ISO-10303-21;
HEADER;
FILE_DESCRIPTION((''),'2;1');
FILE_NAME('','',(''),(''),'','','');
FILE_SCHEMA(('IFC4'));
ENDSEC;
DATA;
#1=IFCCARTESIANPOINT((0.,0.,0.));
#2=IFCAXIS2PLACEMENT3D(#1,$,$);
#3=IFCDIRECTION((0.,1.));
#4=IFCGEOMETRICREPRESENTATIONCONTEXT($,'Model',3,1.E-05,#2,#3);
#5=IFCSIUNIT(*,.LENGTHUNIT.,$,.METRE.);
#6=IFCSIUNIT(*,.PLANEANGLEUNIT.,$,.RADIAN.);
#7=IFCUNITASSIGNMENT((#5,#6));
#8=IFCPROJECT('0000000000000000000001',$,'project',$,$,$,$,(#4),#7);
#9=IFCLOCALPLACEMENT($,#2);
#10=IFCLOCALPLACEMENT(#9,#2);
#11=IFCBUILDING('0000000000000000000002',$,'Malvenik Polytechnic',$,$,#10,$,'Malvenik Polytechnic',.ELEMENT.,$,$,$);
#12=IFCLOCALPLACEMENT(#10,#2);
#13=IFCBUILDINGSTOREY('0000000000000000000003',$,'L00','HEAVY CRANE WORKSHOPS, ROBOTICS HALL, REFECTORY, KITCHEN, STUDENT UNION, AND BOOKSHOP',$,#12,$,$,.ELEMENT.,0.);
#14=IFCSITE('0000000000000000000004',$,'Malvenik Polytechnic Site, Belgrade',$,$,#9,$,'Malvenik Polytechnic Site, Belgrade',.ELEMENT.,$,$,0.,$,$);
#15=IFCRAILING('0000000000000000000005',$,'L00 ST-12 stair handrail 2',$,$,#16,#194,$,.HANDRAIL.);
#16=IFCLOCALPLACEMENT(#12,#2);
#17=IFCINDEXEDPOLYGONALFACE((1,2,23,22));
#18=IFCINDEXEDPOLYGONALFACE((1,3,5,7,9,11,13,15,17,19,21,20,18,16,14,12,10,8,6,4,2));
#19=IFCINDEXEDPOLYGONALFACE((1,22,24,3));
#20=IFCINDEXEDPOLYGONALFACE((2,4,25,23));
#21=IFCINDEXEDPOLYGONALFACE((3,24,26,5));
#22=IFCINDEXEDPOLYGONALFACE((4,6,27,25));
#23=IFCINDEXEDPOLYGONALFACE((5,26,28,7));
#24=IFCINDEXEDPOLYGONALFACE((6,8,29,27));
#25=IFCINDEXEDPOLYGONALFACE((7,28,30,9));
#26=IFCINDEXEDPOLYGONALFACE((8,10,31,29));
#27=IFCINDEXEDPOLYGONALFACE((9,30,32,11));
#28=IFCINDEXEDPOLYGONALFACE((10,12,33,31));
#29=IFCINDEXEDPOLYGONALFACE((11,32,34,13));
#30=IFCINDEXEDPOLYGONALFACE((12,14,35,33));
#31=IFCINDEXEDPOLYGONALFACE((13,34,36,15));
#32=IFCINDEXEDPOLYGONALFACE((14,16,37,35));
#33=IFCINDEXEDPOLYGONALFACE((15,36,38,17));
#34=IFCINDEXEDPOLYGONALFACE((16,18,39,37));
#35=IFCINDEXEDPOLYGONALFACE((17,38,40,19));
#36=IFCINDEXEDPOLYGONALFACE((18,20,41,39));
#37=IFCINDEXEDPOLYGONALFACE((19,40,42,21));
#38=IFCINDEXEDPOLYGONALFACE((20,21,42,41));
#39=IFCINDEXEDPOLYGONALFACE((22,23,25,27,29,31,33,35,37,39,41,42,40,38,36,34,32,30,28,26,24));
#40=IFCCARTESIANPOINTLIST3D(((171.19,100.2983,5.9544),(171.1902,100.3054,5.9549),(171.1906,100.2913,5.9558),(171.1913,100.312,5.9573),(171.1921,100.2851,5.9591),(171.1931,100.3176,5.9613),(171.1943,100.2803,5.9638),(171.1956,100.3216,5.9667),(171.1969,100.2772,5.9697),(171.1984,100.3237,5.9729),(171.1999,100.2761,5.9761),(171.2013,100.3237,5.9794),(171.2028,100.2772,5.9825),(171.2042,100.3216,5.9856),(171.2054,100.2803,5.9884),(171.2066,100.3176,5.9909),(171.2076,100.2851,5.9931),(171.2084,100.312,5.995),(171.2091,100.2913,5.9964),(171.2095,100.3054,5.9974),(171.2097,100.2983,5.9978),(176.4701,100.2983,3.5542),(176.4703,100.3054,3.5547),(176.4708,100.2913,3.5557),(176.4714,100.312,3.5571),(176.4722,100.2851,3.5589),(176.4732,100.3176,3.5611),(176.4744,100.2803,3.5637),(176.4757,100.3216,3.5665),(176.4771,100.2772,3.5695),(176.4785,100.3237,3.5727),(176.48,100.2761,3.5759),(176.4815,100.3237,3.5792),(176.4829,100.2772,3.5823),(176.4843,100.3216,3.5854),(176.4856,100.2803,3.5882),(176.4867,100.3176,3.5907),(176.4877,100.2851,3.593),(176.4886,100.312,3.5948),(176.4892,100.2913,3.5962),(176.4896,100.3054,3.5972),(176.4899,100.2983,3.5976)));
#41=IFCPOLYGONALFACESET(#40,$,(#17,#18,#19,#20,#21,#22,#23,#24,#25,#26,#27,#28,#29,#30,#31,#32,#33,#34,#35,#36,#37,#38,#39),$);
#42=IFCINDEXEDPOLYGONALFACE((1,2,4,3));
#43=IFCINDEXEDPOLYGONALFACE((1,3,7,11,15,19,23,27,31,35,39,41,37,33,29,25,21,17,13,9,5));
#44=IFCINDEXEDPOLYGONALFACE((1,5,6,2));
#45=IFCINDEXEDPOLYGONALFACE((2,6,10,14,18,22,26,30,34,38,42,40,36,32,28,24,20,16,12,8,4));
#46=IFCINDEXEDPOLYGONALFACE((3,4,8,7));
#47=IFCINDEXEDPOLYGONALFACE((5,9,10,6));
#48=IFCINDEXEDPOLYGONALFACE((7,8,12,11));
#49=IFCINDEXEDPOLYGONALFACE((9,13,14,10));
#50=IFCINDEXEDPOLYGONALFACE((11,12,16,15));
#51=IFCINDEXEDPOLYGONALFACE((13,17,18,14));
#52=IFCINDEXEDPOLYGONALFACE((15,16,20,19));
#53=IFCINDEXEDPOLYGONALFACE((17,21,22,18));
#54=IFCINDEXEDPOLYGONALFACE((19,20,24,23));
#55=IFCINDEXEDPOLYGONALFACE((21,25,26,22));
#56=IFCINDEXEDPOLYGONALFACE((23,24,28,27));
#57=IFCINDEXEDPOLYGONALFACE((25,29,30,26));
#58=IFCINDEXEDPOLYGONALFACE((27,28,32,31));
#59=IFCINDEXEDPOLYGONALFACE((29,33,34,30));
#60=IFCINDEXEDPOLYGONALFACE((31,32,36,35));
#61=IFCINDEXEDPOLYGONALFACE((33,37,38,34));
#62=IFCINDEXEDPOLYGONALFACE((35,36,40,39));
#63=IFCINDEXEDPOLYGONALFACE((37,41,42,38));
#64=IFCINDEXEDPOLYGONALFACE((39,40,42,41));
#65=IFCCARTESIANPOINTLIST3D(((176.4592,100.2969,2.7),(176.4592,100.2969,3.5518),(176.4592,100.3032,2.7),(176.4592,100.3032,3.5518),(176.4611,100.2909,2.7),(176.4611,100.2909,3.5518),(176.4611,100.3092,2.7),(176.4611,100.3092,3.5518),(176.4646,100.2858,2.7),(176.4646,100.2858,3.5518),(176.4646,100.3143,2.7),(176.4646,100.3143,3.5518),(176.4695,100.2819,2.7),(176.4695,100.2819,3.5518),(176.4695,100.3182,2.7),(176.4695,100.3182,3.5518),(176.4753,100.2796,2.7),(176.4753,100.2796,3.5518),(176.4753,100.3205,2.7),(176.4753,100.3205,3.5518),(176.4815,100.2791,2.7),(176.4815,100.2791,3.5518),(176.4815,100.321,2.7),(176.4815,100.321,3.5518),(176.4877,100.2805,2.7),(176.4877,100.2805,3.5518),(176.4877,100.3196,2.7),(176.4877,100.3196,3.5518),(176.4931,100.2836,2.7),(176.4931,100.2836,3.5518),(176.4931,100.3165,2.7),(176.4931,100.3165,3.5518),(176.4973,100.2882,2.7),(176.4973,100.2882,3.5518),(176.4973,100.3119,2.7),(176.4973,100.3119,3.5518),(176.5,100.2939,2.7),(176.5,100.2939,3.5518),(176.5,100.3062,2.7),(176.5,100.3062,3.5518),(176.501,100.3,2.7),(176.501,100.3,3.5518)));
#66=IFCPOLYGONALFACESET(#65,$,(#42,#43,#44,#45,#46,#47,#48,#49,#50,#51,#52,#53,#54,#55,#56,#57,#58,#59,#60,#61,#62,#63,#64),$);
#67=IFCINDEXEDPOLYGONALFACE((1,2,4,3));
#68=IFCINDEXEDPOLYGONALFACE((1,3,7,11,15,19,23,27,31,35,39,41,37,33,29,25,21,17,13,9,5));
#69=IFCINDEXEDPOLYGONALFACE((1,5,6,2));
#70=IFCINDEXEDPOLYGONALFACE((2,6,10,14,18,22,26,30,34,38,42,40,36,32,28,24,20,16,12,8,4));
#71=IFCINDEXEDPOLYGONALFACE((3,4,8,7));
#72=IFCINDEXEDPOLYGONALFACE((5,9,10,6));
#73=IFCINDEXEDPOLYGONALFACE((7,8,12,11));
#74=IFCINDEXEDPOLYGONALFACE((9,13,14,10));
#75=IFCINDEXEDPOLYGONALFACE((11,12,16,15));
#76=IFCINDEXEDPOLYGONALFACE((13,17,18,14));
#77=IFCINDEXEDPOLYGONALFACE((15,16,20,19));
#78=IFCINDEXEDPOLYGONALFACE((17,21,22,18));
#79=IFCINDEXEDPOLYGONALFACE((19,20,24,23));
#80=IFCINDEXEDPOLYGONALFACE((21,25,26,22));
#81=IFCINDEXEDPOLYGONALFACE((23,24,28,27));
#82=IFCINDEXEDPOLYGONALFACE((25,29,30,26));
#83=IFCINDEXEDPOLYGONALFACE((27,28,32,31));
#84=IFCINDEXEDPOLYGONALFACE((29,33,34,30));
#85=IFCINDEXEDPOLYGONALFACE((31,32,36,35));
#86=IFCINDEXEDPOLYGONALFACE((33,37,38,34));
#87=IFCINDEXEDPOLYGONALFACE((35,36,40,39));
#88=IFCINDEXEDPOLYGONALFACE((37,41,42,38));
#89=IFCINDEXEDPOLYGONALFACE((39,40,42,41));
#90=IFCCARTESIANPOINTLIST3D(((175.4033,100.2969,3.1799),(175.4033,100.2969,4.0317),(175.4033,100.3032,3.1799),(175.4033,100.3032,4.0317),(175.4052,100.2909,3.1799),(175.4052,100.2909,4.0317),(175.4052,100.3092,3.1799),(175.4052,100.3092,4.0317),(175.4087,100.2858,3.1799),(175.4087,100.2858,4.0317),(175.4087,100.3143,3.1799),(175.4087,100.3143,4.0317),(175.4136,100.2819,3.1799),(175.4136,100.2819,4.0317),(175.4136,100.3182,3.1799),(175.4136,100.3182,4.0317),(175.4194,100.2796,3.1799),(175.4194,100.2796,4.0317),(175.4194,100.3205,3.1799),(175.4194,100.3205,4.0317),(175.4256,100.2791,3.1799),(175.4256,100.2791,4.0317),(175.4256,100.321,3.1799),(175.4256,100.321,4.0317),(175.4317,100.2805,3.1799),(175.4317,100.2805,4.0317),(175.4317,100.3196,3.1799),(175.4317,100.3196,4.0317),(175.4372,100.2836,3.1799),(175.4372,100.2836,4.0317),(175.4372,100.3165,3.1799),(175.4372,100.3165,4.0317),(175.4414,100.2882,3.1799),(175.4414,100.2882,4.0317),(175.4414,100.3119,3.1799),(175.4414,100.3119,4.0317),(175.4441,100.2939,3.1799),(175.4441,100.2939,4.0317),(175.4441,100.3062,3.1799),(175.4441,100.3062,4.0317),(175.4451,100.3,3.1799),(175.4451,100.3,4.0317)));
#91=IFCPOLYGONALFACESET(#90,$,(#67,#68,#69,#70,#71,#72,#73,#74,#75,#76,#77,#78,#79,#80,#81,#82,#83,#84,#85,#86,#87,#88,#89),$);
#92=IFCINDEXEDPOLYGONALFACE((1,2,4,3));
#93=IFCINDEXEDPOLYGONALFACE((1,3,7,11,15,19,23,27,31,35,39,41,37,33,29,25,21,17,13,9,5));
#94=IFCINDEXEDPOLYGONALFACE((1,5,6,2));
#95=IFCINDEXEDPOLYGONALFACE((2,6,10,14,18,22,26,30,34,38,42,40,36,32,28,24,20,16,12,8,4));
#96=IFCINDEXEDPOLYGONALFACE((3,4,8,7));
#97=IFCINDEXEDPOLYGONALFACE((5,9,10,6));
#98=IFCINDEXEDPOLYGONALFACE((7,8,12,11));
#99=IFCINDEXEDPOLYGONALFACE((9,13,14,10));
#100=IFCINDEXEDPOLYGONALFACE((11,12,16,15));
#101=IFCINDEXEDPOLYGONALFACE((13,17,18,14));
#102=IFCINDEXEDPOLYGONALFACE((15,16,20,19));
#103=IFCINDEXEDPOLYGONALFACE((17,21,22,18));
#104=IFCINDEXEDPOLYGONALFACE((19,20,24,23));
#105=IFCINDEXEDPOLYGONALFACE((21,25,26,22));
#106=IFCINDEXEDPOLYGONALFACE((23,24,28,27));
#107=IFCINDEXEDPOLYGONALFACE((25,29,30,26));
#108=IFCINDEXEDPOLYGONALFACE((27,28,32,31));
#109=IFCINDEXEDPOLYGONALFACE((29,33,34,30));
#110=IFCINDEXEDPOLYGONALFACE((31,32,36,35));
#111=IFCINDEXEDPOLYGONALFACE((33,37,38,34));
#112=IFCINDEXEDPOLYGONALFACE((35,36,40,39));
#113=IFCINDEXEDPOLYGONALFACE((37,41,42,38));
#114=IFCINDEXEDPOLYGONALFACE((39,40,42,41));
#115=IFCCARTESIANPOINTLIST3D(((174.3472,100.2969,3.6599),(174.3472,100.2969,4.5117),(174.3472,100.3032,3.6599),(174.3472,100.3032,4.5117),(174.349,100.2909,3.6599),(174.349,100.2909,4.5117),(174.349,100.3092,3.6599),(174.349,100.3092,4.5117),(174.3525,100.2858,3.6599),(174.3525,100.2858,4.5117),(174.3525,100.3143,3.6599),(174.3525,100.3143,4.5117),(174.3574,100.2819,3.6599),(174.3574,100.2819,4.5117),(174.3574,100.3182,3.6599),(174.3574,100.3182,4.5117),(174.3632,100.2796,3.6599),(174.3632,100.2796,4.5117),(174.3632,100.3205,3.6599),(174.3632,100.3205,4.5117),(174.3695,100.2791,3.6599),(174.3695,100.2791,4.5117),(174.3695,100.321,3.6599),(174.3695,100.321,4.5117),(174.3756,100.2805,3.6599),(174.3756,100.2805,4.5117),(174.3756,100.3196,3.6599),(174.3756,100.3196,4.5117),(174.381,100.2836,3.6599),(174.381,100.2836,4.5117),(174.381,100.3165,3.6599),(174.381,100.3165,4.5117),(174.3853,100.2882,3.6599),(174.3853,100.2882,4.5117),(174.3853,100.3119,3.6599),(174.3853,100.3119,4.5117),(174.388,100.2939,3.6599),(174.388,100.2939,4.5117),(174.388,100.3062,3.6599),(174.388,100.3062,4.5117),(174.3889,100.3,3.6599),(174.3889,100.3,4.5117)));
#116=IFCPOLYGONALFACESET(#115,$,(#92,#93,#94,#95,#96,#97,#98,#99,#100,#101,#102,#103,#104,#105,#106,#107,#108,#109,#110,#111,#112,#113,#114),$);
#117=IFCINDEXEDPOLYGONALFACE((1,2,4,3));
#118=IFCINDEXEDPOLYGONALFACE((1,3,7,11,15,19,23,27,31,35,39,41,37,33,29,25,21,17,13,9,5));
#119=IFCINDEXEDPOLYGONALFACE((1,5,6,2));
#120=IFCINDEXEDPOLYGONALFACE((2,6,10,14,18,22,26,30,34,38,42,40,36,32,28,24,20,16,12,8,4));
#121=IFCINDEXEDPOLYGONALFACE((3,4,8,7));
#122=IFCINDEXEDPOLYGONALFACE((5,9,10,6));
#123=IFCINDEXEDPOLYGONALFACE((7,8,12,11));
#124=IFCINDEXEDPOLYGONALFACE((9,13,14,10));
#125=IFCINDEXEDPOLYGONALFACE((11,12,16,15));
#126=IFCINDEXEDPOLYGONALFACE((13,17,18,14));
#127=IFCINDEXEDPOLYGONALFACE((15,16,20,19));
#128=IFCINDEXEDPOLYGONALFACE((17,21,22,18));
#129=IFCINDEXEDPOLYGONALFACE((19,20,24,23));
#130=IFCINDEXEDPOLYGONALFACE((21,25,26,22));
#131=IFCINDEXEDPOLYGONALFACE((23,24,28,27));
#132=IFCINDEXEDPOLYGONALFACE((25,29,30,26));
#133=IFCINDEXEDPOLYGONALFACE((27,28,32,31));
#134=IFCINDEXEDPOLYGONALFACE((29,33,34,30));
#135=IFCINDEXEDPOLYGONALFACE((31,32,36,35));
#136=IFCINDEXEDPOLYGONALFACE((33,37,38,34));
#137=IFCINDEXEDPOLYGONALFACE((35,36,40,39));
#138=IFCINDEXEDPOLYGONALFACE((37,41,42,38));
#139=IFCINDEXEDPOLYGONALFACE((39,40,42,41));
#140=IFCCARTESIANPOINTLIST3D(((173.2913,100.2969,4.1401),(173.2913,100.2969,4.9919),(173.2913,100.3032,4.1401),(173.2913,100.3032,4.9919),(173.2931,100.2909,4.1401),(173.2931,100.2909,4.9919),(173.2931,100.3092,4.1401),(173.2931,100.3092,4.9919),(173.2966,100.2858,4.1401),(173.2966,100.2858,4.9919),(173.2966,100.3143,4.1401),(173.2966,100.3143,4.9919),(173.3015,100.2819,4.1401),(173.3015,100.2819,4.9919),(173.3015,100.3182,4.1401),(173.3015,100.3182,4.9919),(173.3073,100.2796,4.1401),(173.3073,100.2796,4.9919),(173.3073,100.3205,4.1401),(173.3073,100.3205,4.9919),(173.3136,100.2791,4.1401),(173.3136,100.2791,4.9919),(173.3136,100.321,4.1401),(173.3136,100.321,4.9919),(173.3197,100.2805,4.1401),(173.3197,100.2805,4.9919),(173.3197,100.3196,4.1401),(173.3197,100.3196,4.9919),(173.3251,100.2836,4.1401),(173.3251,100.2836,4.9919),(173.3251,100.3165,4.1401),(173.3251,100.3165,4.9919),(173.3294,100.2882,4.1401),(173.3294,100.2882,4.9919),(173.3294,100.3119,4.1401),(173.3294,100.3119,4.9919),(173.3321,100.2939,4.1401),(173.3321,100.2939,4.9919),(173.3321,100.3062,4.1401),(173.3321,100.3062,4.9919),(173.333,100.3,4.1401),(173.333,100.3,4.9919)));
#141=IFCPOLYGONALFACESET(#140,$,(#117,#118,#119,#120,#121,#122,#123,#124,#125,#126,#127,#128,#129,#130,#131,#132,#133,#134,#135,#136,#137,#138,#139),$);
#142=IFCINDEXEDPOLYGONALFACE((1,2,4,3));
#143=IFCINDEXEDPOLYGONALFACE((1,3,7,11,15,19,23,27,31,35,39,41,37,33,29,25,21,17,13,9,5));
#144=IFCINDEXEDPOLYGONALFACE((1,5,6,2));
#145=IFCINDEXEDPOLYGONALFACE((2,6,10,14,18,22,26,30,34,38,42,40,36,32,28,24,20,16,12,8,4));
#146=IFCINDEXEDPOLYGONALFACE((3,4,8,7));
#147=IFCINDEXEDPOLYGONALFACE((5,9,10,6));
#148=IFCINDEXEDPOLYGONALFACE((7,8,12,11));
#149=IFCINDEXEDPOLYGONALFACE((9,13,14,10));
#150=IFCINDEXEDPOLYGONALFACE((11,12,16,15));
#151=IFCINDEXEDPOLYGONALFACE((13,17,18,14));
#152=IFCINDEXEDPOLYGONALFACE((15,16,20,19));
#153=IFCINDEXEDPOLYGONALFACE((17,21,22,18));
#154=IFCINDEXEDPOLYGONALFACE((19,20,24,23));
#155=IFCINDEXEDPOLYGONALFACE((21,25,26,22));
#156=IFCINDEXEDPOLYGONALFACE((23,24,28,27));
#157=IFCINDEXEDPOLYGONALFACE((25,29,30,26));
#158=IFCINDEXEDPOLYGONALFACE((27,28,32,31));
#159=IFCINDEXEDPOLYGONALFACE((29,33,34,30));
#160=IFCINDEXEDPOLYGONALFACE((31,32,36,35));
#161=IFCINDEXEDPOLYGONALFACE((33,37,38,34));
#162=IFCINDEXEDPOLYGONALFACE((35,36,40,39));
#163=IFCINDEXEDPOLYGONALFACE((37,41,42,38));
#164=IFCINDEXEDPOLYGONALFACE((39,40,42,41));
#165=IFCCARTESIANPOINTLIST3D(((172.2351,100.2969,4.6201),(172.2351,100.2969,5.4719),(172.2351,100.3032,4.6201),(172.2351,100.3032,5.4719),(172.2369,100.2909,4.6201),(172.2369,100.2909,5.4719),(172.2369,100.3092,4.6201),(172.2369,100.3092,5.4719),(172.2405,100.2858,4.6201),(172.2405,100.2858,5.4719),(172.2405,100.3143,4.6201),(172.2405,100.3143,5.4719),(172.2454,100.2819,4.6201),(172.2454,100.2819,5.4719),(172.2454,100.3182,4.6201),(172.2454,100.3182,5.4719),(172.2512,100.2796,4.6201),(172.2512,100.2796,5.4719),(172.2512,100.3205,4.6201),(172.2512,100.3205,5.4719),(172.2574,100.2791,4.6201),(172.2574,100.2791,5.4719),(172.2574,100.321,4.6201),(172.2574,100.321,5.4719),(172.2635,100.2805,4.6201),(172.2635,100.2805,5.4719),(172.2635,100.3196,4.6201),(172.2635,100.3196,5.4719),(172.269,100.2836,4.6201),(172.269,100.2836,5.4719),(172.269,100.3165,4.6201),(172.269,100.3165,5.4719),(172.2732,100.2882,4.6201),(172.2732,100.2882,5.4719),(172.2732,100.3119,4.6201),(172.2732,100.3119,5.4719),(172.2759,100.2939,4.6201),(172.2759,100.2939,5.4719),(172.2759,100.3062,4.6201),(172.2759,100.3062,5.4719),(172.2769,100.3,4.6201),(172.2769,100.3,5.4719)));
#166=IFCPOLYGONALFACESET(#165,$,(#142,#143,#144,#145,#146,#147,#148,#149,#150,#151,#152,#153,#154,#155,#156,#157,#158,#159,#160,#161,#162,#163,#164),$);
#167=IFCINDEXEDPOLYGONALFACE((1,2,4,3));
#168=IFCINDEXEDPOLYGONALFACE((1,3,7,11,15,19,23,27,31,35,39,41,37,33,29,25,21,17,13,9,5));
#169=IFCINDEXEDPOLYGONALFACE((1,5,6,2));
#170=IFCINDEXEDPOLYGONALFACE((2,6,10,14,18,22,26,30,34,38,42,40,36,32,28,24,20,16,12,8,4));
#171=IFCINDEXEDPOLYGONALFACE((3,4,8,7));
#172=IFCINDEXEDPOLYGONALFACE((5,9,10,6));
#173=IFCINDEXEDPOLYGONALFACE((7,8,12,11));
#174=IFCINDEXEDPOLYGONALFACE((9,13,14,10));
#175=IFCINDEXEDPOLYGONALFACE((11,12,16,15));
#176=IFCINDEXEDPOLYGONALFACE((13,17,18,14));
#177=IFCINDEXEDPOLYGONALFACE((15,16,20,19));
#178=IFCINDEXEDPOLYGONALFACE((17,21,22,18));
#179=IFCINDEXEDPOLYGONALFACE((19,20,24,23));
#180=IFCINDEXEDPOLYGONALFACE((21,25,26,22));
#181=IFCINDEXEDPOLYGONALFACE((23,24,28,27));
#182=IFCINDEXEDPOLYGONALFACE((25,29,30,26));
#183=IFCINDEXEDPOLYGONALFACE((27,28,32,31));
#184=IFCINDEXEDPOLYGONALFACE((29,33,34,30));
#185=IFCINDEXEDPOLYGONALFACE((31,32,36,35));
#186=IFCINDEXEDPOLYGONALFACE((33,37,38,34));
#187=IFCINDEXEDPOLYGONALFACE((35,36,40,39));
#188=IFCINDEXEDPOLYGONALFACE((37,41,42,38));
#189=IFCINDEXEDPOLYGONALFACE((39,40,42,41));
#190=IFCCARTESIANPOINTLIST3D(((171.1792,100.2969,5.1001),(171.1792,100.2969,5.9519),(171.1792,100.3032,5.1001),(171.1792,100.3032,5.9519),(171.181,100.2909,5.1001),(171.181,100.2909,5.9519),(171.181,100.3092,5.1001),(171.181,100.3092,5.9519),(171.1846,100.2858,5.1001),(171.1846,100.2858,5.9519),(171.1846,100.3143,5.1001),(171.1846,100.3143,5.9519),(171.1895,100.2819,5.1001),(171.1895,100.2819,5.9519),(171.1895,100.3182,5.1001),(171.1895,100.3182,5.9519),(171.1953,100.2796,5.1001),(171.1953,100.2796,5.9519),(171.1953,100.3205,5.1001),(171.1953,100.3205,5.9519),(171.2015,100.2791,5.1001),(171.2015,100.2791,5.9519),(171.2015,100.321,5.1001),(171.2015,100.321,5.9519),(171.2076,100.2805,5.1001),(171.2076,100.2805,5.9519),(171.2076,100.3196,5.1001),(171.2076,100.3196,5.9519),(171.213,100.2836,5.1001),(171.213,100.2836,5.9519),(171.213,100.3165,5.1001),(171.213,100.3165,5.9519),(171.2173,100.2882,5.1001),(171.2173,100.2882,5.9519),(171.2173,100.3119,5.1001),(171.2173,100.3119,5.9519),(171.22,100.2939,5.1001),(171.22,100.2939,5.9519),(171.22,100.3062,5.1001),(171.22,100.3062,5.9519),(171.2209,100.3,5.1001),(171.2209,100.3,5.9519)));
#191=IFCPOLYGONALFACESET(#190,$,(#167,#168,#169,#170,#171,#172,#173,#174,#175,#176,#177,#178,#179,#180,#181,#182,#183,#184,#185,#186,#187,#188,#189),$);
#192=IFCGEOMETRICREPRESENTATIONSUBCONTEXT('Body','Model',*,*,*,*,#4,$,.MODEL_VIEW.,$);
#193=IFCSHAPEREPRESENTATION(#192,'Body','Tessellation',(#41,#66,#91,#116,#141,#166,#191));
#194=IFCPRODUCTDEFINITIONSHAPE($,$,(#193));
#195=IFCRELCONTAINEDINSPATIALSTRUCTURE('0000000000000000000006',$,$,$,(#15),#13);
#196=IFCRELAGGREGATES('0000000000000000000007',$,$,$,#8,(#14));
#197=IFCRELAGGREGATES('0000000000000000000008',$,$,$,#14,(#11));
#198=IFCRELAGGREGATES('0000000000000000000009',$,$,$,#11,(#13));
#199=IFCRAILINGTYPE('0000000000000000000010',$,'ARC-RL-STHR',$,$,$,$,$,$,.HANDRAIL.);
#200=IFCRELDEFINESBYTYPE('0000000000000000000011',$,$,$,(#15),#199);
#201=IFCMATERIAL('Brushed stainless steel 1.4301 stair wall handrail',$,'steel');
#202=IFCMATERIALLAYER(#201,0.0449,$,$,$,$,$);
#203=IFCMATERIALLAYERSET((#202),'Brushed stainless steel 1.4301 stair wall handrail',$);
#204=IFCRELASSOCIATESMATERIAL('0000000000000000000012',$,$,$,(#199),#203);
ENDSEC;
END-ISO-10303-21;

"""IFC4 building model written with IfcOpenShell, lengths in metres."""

from ifc_helpers import new_model, si_unit, direction, frame, origin, origin_2d, place, context, subcontext, project, spatial, circle, extrude, material, layer, layer_set, type_object, element, save


model = new_model("IFC4")

# Units and contexts
model_context = context("Model", 3, precision=1e-05, world=origin(), true_north=direction((0.0, 1.0)))
body_context = subcontext(model_context, "Body", "Model", "MODEL_VIEW")
ifc_project = project(units=[si_unit("LENGTHUNIT", "METRE"), si_unit("PLANEANGLEUNIT", "RADIAN")], contexts=[model_context])

# Site, building, storey
site_placement = place(None, origin())
site = spatial("IfcSite", under=ifc_project, at=site_placement, Name="Malvenik Polytechnic Site, Belgrade", LongName="Malvenik Polytechnic Site, Belgrade", CompositionType="ELEMENT", RefElevation=0.0)
building_placement = place(site_placement, origin())
building = spatial("IfcBuilding", under=site, at=building_placement, Name="Malvenik Polytechnic", LongName="Malvenik Polytechnic", CompositionType="ELEMENT")
storey_placement = place(building_placement, origin())
storey = spatial("IfcBuildingStorey", under=building, at=storey_placement, Name="L00", Description="HEAVY CRANE WORKSHOPS, ROBOTICS HALL, REFECTORY, KITCHEN, STUDENT UNION, AND BOOKSHOP", CompositionType="ELEMENT", Elevation=0.0)

# Railing
ifc_material_1 = material(Name="Brushed stainless steel 1.4301 stair wall handrail", Category="steel")
ifc_layer_1 = layer(ifc_material_1, 0.0449)
ifc_layer_set_1 = layer_set([ifc_layer_1], Name="Brushed stainless steel 1.4301 stair wall handrail")
railing_type_1 = type_object("IfcRailingType", Name="ARC-RL-STHR", PredefinedType="HANDRAIL", material=ifc_layer_set_1)
railing_1_placement = place(storey_placement, frame((176.48, 100.3, 2.7)))
element("IfcRailing", 1, at=railing_1_placement, inside=storey, type_object=railing_type_1, Name="L00 ST-12 stair handrail 2", PredefinedType="HANDRAIL", context=body_context, shape_type="SweptSolid", body=[
    extrude(circle(Radius=0.0239, at=origin_2d()), frame((0.0, 0.0, 0.876), z_axis=(-0.910358, 0.0, 0.413822), x_axis=(0.0, -1.0, 0.0)), (0.0, 0.0, 1.0), 5.8),
    extrude(circle(Radius=0.021, at=origin_2d()), origin(), (0.0, 0.0, 1.0), 0.8518),
    extrude(circle(Radius=0.021, at=origin_2d()), frame((-1.0559, 0.0, 0.48)), (0.0, 0.0, 1.0), 0.8518),
    extrude(circle(Radius=0.021, at=origin_2d()), frame((-2.1121, 0.0, 0.96)), (0.0, 0.0, 1.0), 0.8518),
    extrude(circle(Radius=0.021, at=origin_2d()), frame((-3.168, 0.0, 1.4402)), (0.0, 0.0, 1.0), 0.8518),
    extrude(circle(Radius=0.021, at=origin_2d()), frame((-4.2241, 0.0, 1.9202)), (0.0, 0.0, 1.0), 0.8518),
    extrude(circle(Radius=0.021, at=origin_2d()), frame((-5.28, 0.0, 2.4001)), (0.0, 0.0, 1.0), 0.8518),
])

save(model, "model.ifc")
